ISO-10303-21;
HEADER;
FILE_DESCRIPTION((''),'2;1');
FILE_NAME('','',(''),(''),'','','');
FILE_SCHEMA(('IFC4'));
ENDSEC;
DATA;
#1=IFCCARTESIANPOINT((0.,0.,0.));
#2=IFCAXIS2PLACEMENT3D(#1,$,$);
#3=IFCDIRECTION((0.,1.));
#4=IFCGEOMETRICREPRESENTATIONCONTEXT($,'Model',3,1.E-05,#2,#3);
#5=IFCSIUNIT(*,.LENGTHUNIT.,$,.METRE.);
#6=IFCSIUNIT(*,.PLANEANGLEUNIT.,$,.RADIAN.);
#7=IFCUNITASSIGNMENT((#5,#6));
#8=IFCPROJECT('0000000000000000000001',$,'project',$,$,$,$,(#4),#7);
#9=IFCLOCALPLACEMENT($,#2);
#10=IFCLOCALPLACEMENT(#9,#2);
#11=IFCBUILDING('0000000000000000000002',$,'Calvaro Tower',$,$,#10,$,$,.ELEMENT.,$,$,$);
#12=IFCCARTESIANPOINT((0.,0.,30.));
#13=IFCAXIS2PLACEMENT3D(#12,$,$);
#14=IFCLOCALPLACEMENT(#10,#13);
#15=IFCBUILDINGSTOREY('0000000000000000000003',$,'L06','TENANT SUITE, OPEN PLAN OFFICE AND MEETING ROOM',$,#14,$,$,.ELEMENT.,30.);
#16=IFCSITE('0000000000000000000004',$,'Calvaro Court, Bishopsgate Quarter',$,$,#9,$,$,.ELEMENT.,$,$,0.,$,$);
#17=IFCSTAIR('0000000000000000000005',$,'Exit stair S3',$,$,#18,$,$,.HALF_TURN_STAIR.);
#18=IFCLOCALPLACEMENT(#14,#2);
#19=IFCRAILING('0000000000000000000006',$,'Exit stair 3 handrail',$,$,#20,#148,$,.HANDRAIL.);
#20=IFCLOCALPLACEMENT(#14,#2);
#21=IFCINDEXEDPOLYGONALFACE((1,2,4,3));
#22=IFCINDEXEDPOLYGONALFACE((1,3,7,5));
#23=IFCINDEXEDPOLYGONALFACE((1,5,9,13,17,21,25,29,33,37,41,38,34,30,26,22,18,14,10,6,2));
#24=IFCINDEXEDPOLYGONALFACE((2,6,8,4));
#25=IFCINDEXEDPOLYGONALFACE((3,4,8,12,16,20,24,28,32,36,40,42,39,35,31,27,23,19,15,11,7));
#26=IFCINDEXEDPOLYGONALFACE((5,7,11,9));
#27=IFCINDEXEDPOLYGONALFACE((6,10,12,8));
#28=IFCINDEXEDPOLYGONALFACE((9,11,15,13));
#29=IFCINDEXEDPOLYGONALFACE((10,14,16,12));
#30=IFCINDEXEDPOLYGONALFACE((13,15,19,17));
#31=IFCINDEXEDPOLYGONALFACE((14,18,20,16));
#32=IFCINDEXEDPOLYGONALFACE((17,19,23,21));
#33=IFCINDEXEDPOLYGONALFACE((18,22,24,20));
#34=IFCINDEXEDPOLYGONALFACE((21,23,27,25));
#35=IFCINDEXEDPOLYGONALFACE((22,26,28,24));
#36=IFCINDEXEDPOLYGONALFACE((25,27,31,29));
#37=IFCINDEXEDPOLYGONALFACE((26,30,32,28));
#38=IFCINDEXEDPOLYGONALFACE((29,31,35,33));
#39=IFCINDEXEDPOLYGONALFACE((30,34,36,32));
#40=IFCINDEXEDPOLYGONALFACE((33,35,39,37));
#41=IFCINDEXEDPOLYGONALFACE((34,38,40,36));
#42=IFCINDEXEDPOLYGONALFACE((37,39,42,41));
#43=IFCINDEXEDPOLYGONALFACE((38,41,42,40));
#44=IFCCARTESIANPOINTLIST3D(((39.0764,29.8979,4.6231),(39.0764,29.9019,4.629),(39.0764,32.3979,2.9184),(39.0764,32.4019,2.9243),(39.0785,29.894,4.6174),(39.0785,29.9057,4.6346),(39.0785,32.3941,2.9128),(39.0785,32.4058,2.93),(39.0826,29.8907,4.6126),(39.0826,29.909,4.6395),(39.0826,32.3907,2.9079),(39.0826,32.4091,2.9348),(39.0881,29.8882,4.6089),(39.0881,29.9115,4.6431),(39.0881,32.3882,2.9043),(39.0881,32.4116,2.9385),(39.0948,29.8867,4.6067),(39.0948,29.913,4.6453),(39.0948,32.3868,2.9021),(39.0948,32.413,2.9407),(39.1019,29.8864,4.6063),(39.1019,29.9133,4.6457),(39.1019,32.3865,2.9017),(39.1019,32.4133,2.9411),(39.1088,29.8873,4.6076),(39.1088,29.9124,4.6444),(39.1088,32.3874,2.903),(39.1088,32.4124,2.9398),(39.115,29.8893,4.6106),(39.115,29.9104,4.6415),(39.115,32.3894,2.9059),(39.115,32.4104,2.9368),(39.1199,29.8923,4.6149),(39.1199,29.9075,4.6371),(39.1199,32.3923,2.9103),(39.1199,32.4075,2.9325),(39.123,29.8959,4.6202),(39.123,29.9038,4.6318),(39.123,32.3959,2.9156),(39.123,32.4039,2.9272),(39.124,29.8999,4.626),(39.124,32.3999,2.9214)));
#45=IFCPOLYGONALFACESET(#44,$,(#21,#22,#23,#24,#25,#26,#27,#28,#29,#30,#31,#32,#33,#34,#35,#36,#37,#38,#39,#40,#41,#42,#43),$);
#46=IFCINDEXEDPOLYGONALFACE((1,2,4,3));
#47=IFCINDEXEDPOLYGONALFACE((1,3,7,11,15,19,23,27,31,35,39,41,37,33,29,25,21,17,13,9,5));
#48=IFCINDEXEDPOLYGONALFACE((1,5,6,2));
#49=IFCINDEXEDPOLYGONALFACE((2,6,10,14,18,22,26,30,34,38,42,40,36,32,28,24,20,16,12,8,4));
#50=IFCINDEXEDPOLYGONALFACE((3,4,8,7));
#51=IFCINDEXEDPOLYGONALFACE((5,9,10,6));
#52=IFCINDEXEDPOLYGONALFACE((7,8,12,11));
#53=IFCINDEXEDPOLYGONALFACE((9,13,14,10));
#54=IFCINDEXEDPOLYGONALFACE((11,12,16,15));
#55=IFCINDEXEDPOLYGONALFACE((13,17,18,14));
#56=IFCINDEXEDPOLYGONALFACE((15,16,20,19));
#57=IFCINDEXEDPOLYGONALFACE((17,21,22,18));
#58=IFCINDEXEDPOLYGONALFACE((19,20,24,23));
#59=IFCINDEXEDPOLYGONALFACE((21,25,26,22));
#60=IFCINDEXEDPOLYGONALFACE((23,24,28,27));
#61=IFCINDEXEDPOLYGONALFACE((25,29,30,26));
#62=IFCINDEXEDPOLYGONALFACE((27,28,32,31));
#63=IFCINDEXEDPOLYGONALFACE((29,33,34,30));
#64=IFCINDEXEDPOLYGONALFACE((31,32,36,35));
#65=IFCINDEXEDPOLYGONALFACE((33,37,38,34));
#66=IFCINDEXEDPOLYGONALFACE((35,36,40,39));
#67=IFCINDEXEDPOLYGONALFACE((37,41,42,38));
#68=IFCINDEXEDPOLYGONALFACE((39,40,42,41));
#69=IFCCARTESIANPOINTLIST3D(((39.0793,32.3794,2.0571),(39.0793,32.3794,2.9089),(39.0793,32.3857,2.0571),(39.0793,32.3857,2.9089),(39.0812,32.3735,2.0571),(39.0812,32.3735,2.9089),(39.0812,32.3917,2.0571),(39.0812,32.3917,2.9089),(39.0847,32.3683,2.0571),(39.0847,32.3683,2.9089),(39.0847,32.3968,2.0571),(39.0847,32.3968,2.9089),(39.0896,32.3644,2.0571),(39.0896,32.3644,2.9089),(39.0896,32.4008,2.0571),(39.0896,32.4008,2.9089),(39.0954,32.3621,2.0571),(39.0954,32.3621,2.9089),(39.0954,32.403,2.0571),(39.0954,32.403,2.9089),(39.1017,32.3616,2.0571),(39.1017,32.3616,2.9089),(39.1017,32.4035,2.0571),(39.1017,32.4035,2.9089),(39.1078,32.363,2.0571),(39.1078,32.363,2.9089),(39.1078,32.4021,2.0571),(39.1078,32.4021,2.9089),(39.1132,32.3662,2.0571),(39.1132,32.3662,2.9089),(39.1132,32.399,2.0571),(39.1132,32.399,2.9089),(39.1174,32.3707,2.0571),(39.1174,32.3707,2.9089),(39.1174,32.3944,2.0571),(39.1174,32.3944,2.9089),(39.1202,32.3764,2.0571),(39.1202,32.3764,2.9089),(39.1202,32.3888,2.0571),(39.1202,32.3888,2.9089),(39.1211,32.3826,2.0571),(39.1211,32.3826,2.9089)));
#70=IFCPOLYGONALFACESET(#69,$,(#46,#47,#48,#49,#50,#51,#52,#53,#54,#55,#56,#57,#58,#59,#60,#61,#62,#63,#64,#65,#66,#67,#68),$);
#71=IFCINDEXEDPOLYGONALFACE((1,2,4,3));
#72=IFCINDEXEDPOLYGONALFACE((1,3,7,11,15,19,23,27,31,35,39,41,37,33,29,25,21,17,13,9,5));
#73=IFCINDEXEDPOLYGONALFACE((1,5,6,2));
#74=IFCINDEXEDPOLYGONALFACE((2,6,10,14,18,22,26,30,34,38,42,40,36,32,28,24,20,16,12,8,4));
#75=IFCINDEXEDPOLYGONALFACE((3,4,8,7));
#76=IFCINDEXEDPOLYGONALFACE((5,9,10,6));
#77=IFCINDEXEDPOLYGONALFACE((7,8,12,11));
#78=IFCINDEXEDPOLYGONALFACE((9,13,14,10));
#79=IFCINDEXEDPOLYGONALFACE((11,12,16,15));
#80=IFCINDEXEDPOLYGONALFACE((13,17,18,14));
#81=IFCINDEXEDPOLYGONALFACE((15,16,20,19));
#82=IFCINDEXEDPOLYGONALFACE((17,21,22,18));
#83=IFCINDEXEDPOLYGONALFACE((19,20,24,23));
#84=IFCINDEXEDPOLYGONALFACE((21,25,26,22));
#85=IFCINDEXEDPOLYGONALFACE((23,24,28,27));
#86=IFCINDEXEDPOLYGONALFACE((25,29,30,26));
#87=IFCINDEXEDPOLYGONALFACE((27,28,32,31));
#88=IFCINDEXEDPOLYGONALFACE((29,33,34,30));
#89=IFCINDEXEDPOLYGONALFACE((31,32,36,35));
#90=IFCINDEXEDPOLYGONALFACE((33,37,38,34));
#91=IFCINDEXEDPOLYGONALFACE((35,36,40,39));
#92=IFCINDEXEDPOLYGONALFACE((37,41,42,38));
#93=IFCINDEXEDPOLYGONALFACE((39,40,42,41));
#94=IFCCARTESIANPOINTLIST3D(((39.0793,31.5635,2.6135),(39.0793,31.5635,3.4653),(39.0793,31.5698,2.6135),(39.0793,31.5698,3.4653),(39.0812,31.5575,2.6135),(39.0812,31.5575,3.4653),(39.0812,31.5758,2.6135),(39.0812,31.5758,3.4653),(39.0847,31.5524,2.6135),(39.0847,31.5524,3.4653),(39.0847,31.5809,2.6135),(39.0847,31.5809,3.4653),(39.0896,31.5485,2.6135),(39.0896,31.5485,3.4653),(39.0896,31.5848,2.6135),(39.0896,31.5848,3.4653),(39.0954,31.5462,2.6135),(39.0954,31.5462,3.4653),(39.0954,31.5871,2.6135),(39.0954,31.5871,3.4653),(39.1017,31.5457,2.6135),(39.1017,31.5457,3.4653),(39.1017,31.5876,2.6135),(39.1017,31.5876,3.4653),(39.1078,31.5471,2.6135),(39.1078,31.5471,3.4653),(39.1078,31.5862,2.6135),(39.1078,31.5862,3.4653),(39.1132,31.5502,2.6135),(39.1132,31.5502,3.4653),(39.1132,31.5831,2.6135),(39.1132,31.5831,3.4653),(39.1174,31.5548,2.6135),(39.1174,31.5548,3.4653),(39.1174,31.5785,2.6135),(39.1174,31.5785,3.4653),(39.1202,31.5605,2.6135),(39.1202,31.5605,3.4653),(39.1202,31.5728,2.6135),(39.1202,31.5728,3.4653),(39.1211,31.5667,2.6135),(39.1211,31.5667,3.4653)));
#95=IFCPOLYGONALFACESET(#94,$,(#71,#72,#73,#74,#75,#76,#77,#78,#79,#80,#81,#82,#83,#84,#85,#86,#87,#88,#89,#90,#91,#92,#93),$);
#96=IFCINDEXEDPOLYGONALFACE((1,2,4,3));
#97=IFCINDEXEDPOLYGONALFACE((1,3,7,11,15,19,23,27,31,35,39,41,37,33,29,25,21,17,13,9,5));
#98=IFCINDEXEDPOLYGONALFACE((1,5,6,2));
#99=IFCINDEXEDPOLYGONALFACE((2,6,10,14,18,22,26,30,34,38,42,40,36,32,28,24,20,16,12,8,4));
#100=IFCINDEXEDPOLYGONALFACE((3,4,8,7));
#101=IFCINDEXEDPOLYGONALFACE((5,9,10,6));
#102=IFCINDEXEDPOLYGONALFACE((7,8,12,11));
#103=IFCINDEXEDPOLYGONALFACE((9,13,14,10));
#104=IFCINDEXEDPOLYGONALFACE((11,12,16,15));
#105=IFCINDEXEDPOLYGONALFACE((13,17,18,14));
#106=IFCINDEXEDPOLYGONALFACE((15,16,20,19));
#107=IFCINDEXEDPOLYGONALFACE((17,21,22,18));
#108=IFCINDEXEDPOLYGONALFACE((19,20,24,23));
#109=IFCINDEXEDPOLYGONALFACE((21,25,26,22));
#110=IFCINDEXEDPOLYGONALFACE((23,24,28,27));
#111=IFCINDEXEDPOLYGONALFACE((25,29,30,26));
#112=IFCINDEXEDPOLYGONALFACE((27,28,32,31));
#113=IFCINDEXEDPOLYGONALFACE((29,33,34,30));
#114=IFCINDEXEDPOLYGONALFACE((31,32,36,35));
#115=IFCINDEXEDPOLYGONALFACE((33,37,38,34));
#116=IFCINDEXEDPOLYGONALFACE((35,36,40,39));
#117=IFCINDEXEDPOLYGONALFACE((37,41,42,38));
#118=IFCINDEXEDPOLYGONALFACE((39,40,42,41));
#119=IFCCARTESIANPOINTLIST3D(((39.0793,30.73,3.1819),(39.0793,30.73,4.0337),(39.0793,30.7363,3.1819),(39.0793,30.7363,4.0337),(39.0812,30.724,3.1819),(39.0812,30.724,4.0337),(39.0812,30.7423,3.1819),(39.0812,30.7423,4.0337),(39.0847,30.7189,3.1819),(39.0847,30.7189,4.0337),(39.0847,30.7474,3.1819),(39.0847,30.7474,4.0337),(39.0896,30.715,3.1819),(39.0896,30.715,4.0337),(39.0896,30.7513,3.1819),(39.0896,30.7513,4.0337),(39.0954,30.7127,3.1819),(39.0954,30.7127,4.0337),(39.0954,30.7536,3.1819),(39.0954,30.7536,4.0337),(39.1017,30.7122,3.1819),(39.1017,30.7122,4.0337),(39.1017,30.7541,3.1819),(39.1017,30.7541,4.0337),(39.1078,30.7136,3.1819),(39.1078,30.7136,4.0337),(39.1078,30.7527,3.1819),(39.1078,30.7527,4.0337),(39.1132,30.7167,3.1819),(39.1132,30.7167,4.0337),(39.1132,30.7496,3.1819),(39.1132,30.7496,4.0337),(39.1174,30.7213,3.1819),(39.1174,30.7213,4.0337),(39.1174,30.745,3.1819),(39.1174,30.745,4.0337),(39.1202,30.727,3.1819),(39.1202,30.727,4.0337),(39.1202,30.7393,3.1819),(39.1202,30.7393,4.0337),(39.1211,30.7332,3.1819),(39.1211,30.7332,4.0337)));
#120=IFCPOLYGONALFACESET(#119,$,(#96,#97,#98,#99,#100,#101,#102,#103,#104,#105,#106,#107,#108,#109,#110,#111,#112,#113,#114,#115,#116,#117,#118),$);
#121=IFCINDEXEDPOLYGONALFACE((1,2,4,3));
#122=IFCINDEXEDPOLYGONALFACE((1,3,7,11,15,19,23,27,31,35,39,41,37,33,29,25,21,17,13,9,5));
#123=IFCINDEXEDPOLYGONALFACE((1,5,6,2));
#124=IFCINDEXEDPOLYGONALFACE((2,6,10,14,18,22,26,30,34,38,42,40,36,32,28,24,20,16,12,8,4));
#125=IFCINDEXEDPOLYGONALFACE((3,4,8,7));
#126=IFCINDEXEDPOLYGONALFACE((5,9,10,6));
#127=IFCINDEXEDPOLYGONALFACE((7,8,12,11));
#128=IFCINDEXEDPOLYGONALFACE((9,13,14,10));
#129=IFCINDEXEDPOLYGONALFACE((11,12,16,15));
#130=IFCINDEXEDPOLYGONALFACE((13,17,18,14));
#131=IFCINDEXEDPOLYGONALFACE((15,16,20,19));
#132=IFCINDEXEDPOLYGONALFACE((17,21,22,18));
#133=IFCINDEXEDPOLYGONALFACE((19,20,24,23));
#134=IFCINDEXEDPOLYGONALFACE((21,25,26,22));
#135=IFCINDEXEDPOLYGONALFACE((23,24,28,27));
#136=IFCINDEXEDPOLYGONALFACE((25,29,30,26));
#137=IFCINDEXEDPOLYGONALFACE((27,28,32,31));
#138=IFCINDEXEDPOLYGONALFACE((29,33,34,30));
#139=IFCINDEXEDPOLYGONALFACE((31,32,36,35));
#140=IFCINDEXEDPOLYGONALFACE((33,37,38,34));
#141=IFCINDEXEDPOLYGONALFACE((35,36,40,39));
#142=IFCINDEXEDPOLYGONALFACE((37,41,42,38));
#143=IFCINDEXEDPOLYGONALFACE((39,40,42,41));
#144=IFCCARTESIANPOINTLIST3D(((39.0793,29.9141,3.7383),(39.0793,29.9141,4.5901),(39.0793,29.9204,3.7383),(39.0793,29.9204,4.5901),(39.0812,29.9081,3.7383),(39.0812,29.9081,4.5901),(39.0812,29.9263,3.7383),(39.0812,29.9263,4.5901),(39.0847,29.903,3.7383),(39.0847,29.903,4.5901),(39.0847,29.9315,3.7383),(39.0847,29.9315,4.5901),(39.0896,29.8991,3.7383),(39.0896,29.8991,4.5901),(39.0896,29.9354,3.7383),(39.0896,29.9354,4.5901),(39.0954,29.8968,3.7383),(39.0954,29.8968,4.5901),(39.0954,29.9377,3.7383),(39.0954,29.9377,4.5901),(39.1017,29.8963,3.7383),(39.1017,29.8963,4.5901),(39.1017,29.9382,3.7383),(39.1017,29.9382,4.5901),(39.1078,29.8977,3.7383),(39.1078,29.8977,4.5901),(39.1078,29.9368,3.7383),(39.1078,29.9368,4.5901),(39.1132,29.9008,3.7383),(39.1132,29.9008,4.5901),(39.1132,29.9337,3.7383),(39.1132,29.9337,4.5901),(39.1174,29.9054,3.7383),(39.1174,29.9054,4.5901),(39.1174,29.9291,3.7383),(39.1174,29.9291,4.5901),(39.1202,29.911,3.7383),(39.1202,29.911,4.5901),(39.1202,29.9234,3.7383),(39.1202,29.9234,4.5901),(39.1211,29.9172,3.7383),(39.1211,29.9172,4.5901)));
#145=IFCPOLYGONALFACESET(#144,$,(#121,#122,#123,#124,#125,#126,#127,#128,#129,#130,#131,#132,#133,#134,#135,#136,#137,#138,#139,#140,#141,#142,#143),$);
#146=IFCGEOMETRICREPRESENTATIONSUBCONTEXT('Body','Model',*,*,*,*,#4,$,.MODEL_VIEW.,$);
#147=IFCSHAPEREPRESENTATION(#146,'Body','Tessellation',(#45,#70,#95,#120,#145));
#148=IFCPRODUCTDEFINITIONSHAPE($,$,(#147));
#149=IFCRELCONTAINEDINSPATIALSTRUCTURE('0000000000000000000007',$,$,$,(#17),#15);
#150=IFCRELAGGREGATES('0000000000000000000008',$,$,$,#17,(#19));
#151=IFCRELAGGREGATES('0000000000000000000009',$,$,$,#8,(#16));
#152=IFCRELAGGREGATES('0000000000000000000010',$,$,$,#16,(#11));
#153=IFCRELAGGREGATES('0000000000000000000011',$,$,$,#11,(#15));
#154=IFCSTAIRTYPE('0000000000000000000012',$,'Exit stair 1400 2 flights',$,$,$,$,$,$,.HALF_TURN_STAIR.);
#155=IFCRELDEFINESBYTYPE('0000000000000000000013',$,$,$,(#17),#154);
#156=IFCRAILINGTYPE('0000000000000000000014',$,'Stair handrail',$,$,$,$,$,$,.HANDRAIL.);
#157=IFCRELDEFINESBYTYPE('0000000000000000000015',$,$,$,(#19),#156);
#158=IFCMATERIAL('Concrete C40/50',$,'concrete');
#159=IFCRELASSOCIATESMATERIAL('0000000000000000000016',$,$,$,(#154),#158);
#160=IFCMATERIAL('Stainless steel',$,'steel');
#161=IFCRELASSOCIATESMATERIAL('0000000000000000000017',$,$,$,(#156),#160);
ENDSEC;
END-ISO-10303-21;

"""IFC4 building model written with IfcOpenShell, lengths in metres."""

from ifc_helpers import new_model, si_unit, direction, frame, origin, origin_2d, place, context, subcontext, project, spatial, circle, extrude, material, type_object, element, aggregate, save


model = new_model("IFC4")

# Units and contexts
model_context = context("Model", 3, precision=1e-05, world=origin(), true_north=direction((0.0, 1.0)))
body_context = subcontext(model_context, "Body", "Model", "MODEL_VIEW")
ifc_project = project(units=[si_unit("LENGTHUNIT", "METRE"), si_unit("PLANEANGLEUNIT", "RADIAN")], contexts=[model_context])

# Site, building, storey
site_placement = place(None, origin())
site = spatial("IfcSite", under=ifc_project, at=site_placement, Name="Calvaro Court, Bishopsgate Quarter", CompositionType="ELEMENT", RefElevation=0.0)
building_placement = place(site_placement, origin())
building = spatial("IfcBuilding", under=site, at=building_placement, Name="Calvaro Tower", CompositionType="ELEMENT")
storey_placement = place(building_placement, frame((0.0, 0.0, 30.0)))
storey = spatial("IfcBuildingStorey", under=building, at=storey_placement, Name="L06", Description="TENANT SUITE, OPEN PLAN OFFICE AND MEETING ROOM", CompositionType="ELEMENT", Elevation=30.0)

# Stair
ifc_material_1 = material(Name="Concrete C40/50", Category="concrete")
stair_type = type_object("IfcStairType", Name="Exit stair 1400 2 flights", PredefinedType="HALF_TURN_STAIR", material=ifc_material_1)
stair_1_placement = place(storey_placement, origin())
stair_1 = element("IfcStair", 1, at=stair_1_placement, inside=storey, type_object=stair_type, Name="Exit stair S3", PredefinedType="HALF_TURN_STAIR")

# Railing
ifc_material_2 = material(Name="Stainless steel", Category="steel")
railing_type = type_object("IfcRailingType", Name="Stair handrail", PredefinedType="HANDRAIL", material=ifc_material_2)
railing_1_placement = place(storey_placement, frame((39.1001, 32.3999, 2.0454)))
railing_1 = element("IfcRailing", 2, at=railing_1_placement, type_object=railing_type, Name="Exit stair 3 handrail", PredefinedType="HANDRAIL", context=body_context, shape_type="SweptSolid", body=[
    extrude(circle(Radius=0.0239, at=origin_2d()), frame((0.0, 0.0, 0.876), z_axis=(0.0, -0.826221, 0.563347), x_axis=(1.0, 0.0, 0.0)), (0.0, 0.0, 1.0), 3.0259),
    extrude(circle(Radius=0.021, at=origin_2d()), frame((0.0, -0.0173, 0.0117)), (0.0, 0.0, 1.0), 0.8518),
    extrude(circle(Radius=0.021, at=origin_2d()), frame((0.0, -0.8333, 0.5681)), (0.0, 0.0, 1.0), 0.8518),
    extrude(circle(Radius=0.021, at=origin_2d()), frame((0.0, -1.6667, 1.1365)), (0.0, 0.0, 1.0), 0.8518),
    extrude(circle(Radius=0.021, at=origin_2d()), frame((0.0, -2.4827, 1.6929)), (0.0, 0.0, 1.0), 0.8518),
])
aggregate(stair_1, [railing_1])

save(model, "model.ifc")
